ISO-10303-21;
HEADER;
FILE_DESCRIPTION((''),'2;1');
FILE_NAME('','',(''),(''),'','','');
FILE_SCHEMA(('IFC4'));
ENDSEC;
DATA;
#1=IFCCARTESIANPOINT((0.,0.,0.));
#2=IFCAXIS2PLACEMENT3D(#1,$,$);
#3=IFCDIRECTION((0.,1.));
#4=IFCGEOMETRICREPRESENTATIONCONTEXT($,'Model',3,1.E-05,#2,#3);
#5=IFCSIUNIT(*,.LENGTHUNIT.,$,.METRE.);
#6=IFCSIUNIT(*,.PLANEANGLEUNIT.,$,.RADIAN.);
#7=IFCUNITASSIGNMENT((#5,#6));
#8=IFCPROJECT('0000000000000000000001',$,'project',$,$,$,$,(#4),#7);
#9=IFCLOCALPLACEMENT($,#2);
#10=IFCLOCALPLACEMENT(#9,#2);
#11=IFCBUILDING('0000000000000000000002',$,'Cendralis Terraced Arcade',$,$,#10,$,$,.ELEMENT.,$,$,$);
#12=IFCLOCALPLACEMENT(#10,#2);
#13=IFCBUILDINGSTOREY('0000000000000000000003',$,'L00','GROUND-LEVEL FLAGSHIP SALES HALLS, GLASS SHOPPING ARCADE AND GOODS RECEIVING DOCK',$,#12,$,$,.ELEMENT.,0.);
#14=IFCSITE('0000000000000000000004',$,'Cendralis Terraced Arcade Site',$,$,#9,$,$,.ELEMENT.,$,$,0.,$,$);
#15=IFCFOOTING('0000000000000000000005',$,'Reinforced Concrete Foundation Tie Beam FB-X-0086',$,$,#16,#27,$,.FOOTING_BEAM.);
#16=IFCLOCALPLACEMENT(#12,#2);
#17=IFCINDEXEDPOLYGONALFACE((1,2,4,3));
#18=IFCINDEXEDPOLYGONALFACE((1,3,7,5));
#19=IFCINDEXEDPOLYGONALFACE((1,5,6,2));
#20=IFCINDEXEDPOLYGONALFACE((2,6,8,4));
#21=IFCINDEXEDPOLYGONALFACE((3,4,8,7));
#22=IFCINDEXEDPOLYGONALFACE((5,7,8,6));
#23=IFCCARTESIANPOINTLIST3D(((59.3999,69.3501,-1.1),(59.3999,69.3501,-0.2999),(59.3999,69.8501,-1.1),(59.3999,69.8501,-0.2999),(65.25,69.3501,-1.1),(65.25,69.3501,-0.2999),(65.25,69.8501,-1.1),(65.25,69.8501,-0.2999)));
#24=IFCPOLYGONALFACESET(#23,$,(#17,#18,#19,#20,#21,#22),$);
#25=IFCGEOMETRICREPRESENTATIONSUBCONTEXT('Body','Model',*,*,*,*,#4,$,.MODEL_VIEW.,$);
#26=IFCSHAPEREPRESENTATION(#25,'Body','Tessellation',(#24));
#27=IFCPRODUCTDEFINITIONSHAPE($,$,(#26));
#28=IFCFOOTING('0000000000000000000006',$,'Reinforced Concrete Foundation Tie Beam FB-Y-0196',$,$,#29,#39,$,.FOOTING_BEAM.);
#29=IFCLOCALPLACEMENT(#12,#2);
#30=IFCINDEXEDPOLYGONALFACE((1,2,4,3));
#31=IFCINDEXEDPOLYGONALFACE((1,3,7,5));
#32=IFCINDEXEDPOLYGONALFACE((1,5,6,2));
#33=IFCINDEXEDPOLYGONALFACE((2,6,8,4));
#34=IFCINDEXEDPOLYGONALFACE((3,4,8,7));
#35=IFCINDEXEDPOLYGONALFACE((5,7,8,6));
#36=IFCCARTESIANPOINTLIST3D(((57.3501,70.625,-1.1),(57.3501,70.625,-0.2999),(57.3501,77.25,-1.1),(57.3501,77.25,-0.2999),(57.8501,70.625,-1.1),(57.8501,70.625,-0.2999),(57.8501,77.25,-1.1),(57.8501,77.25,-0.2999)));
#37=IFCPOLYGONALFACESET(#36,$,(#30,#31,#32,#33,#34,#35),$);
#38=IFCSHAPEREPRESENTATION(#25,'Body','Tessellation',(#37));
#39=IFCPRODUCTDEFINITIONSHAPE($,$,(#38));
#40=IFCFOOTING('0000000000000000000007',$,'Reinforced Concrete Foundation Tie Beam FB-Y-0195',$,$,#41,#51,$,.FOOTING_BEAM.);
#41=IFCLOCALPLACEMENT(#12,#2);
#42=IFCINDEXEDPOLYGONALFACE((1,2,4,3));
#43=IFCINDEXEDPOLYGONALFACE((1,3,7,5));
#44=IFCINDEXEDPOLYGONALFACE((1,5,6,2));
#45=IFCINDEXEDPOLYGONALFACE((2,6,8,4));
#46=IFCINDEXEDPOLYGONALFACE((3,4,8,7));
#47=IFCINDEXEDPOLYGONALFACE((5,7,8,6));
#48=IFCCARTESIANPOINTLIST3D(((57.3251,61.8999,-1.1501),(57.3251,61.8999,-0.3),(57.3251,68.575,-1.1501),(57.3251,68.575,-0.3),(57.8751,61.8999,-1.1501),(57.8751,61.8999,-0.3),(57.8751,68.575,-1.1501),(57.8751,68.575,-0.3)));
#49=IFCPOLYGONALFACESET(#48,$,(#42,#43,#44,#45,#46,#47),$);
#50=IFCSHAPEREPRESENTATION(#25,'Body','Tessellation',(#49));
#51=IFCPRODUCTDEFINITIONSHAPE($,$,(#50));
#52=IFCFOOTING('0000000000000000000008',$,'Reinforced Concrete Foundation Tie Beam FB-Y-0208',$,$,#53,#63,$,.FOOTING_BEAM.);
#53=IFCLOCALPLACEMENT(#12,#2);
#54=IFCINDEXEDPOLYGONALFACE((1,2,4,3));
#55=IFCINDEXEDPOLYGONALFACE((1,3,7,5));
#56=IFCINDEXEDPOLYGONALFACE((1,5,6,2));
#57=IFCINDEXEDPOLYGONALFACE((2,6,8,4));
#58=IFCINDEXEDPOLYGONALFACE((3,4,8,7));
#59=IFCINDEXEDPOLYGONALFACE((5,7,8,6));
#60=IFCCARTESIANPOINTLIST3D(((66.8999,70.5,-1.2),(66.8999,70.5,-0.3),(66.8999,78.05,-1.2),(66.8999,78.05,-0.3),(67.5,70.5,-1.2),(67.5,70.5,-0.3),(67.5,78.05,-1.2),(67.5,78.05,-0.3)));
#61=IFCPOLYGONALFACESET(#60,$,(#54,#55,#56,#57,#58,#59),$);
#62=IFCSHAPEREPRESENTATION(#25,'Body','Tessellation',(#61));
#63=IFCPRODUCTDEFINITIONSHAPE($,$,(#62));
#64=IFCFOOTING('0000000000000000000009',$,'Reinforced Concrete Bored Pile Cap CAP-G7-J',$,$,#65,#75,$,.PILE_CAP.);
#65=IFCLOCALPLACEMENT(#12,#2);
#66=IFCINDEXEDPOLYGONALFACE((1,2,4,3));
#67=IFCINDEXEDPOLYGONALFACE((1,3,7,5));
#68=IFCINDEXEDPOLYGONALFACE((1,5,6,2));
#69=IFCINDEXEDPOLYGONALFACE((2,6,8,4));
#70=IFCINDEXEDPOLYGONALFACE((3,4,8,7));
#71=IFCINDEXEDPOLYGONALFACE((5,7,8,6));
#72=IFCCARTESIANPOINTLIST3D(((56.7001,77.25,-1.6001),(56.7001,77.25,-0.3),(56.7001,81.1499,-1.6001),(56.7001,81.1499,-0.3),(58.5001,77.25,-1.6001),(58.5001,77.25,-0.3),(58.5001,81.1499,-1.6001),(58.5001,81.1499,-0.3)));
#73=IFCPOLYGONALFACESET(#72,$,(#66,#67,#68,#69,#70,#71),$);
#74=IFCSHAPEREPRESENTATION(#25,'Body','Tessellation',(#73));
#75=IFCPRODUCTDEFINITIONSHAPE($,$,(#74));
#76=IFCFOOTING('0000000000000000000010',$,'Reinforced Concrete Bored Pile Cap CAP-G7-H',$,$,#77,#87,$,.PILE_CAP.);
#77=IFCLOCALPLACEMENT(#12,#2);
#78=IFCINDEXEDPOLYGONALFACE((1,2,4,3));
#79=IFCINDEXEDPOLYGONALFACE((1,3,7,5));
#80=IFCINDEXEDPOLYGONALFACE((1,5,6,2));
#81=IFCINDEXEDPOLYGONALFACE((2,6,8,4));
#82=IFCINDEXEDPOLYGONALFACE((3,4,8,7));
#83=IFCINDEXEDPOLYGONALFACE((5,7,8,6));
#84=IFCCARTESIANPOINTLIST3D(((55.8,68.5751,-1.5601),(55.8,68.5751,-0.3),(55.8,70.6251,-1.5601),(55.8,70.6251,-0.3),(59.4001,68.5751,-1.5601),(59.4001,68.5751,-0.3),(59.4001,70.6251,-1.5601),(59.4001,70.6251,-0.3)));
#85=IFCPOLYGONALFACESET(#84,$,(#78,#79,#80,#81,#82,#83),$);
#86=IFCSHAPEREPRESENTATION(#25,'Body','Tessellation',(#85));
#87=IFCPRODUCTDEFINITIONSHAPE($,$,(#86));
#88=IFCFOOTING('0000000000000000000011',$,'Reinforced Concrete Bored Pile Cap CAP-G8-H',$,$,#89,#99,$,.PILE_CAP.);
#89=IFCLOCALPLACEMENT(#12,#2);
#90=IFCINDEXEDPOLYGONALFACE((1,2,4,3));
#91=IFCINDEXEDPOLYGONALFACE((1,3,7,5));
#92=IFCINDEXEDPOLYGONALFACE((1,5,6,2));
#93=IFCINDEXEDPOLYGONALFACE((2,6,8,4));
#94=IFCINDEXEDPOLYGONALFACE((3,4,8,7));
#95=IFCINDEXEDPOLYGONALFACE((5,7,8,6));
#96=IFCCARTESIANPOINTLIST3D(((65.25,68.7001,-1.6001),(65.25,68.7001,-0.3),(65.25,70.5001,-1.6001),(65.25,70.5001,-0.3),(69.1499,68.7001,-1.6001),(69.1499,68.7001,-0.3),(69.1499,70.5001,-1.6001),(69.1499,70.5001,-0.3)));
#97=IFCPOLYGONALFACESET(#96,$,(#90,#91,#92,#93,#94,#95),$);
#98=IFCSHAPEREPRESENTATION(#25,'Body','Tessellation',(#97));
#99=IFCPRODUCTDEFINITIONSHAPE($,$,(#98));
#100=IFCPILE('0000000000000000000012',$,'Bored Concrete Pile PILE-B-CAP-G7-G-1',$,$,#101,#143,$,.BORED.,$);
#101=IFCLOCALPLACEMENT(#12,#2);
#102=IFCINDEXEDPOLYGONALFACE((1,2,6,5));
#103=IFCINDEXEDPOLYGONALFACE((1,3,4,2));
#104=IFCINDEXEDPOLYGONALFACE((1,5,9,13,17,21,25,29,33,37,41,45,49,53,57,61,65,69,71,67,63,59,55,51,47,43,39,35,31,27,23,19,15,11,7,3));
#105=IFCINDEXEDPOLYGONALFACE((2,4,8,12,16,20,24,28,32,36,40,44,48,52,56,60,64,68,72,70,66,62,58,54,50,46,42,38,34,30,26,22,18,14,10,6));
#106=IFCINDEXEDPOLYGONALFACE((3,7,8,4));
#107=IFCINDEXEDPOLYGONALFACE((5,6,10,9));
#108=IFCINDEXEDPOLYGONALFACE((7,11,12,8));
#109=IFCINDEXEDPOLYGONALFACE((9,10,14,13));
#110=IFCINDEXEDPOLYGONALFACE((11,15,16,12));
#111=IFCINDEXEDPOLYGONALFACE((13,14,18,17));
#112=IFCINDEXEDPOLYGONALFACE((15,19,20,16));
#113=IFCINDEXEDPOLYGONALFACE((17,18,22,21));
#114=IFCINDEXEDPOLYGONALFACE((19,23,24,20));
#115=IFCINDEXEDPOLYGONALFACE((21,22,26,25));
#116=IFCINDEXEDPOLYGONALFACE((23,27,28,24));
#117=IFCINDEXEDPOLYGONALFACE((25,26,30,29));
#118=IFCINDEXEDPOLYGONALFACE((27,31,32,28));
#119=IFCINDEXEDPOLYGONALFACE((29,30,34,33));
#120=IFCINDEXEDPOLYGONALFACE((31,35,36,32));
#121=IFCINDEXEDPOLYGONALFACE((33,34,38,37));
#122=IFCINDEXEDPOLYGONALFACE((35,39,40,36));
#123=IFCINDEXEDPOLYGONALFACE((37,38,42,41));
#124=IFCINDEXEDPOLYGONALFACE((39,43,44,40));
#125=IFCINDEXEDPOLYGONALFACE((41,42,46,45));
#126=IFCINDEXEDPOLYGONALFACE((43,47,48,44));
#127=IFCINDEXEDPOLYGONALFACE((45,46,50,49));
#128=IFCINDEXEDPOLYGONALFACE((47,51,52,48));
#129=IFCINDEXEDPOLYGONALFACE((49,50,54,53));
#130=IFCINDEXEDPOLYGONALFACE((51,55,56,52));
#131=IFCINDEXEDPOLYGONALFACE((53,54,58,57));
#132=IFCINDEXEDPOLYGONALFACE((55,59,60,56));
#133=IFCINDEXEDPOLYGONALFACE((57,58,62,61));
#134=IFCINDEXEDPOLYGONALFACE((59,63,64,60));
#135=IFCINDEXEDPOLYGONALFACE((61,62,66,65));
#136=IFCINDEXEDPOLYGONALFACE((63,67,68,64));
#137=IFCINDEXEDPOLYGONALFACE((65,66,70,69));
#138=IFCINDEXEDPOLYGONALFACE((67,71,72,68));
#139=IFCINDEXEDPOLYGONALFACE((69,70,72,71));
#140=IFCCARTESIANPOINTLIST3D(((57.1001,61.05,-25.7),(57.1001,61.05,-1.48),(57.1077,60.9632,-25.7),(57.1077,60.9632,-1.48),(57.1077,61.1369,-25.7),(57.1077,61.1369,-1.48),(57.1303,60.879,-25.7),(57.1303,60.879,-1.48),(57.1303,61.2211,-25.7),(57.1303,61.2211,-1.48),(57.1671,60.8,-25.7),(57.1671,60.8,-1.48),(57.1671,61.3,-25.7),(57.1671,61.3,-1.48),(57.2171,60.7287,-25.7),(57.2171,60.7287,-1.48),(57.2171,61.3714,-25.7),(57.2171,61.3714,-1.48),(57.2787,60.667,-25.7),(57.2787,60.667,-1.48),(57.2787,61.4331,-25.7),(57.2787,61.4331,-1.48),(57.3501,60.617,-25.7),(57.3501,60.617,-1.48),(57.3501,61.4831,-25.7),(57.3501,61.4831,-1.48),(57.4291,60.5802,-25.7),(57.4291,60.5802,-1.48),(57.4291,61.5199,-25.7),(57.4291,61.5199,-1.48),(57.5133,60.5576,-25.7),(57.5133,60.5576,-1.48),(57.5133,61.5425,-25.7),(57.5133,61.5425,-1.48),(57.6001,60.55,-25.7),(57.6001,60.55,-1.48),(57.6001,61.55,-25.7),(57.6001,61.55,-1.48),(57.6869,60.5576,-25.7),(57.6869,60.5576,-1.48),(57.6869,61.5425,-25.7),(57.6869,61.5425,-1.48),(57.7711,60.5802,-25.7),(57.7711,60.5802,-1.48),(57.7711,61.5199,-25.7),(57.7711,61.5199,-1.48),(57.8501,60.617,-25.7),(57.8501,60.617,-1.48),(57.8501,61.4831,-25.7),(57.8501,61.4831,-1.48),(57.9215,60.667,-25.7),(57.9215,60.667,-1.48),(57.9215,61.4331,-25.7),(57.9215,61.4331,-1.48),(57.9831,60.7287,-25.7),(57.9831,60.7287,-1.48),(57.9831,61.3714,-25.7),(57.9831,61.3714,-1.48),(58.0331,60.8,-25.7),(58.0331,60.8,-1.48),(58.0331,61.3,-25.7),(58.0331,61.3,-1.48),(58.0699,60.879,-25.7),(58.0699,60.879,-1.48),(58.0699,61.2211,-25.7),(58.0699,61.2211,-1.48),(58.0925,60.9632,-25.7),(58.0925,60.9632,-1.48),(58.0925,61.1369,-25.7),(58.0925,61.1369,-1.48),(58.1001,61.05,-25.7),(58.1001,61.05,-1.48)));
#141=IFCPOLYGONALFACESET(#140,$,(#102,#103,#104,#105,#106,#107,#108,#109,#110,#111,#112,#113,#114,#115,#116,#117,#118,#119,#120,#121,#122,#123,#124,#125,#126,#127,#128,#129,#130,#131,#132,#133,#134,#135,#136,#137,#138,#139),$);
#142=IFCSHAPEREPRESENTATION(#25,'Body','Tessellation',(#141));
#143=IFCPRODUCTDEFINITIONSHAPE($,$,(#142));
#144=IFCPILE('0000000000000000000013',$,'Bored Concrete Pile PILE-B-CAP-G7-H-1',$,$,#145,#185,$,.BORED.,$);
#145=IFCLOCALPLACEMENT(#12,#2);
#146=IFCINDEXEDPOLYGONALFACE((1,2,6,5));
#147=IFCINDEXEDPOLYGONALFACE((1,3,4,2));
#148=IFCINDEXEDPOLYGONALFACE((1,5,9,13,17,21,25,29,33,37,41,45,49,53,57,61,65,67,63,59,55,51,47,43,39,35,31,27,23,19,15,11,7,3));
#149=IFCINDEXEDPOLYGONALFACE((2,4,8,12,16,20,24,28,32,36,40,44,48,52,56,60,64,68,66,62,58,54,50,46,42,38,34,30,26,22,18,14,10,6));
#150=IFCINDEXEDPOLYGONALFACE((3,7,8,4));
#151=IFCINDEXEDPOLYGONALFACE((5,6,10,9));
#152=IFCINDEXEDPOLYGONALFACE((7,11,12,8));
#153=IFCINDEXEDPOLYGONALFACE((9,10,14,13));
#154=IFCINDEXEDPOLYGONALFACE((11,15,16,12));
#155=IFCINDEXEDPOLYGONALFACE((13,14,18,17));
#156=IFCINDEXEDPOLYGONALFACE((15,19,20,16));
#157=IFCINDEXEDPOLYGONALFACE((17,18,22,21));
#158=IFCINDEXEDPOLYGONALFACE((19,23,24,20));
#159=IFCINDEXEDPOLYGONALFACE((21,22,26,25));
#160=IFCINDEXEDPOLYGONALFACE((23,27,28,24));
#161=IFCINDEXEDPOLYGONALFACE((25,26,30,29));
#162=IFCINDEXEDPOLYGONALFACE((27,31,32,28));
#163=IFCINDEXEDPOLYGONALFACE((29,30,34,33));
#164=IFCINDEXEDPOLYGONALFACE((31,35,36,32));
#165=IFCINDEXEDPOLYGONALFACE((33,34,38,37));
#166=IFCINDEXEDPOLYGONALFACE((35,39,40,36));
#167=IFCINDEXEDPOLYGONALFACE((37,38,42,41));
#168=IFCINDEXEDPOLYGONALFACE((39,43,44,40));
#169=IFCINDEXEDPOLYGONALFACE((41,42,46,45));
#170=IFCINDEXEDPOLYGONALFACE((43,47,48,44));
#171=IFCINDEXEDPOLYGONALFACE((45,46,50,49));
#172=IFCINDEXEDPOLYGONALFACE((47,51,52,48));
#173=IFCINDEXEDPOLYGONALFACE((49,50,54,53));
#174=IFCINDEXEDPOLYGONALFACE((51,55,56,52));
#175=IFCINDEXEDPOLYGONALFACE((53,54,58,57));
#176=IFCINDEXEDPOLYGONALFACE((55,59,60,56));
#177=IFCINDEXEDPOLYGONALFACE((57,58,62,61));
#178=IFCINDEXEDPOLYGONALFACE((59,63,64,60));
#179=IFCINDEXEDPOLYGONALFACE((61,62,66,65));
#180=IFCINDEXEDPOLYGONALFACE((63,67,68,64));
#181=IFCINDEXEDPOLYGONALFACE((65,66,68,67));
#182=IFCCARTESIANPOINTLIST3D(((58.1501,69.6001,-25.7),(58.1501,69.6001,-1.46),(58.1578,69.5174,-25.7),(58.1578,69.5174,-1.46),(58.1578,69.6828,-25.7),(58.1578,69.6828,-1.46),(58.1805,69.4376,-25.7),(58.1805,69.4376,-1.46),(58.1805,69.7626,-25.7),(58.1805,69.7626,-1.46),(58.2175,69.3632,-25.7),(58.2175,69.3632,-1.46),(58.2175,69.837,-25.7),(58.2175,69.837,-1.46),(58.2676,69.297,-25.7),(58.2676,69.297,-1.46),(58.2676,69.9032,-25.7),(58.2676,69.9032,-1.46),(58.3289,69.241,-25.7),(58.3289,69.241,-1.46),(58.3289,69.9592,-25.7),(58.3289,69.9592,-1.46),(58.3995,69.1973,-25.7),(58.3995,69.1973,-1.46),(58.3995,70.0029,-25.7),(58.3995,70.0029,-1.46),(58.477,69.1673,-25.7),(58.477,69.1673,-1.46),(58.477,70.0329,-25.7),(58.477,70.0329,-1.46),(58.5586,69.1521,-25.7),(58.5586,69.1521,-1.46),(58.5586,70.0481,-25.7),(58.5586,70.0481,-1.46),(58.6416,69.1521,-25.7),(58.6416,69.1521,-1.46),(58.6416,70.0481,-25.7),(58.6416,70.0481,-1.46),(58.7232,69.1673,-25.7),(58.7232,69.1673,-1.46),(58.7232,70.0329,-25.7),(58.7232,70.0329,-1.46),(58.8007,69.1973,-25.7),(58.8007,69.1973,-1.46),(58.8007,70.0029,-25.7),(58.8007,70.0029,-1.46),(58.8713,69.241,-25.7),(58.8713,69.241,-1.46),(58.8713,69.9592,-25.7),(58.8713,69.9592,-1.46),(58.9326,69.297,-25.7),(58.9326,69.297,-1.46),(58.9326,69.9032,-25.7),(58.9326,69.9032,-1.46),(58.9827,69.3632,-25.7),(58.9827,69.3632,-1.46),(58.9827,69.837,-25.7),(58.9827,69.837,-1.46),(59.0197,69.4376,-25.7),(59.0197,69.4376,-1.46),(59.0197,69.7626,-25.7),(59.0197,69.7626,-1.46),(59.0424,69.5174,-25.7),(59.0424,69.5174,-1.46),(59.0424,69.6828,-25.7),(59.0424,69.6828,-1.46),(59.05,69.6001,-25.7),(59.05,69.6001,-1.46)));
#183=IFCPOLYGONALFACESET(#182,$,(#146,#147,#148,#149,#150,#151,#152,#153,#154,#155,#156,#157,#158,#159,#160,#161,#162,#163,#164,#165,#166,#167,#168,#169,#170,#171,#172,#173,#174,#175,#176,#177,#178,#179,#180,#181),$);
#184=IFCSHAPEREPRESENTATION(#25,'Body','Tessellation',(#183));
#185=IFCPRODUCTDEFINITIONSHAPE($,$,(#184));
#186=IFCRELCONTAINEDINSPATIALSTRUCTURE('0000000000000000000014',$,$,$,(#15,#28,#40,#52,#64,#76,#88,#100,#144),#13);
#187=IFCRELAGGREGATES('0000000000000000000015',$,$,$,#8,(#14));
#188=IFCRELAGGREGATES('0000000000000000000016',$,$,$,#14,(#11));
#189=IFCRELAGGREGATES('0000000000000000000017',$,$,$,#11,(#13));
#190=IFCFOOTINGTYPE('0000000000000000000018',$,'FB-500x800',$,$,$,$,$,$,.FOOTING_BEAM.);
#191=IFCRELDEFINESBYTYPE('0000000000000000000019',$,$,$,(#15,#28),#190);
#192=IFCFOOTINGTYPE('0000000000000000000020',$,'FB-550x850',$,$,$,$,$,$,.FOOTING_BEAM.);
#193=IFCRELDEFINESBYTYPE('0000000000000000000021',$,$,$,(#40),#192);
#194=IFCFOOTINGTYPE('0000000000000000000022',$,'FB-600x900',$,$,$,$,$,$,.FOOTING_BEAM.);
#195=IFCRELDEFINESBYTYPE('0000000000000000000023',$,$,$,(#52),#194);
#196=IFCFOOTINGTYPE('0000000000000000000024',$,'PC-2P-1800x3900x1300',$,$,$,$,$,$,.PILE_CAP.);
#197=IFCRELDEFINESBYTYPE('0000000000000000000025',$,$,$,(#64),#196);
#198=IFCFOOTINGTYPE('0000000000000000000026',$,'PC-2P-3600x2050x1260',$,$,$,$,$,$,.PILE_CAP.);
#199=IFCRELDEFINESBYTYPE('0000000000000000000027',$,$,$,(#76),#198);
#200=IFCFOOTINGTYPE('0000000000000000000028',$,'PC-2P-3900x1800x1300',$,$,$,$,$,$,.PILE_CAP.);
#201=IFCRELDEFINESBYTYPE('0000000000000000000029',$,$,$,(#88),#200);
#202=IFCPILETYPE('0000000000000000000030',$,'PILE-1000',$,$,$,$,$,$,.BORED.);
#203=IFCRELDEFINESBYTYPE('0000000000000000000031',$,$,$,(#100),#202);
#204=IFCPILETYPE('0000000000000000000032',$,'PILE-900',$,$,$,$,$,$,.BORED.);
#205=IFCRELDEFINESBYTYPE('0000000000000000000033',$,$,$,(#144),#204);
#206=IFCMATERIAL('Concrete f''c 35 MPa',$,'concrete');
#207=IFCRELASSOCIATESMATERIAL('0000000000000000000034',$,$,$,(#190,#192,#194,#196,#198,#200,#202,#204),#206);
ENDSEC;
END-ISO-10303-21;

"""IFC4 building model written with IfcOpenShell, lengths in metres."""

from ifc_helpers import new_model, si_unit, direction, frame, origin, origin_2d, place, context, subcontext, project, spatial, rectangle, circle, extrude, material, material_profile, profile_set, type_object, element, save


model = new_model("IFC4")

# Units and contexts
model_context = context("Model", 3, precision=1e-05, world=origin(), true_north=direction((0.0, 1.0)))
body_context = subcontext(model_context, "Body", "Model", "MODEL_VIEW")
ifc_project = project(units=[si_unit("LENGTHUNIT", "METRE"), si_unit("PLANEANGLEUNIT", "RADIAN")], contexts=[model_context])

# Site, building, storey
site_placement = place(None, origin())
site = spatial("IfcSite", under=ifc_project, at=site_placement, Name="Cendralis Terraced Arcade Site", CompositionType="ELEMENT", RefElevation=0.0)
building_placement = place(site_placement, origin())
building = spatial("IfcBuilding", under=site, at=building_placement, Name="Cendralis Terraced Arcade", CompositionType="ELEMENT")
storey_placement = place(building_placement, origin())
storey = spatial("IfcBuildingStorey", under=building, at=storey_placement, Name="L00", Description="GROUND-LEVEL FLAGSHIP SALES HALLS, GLASS SHOPPING ARCADE AND GOODS RECEIVING DOCK", CompositionType="ELEMENT", Elevation=0.0)

# Footings
ifc_material_1 = material(Name="Concrete f'c 35 MPa", Category="concrete")
ifc_material_profile_1 = material_profile(ifc_material_1, rectangle(XDim=0.5, YDim=0.8, at=origin_2d()), Name="FB-500x800", Category="LoadBearing")
ifc_profile_set_1 = profile_set([ifc_material_profile_1], Name="Concrete f'c 35 MPa")
footing_type_1 = type_object("IfcFootingType", Name="FB-500x800", PredefinedType="FOOTING_BEAM", material=ifc_profile_set_1)
footing_1_placement = place(storey_placement, frame((59.3999, 69.6001, -0.7), z_axis=(1.0, 0.0, 0.0), x_axis=(0.0, 1.0, 0.0)))
element("IfcFooting", 1, at=footing_1_placement, inside=storey, type_object=footing_type_1, Name="Reinforced Concrete Foundation Tie Beam FB-X-0086", PredefinedType="FOOTING_BEAM", context=body_context, shape_type="SweptSolid", body=[
    extrude(rectangle(XDim=0.5, YDim=0.8, at=origin_2d()), origin(), (0.0, 0.0, 1.0), 5.8501),
])
footing_2_placement = place(storey_placement, frame((57.6001, 70.625, -0.7), z_axis=(0.0, 1.0, 0.0), x_axis=(-1.0, 0.0, 0.0)))
element("IfcFooting", 2, at=footing_2_placement, inside=storey, type_object=footing_type_1, Name="Reinforced Concrete Foundation Tie Beam FB-Y-0196", PredefinedType="FOOTING_BEAM", context=body_context, shape_type="SweptSolid", body=[
    extrude(rectangle(XDim=0.5, YDim=0.8, at=origin_2d()), origin(), (0.0, 0.0, 1.0), 6.625),
])
ifc_material_profile_2 = material_profile(ifc_material_1, rectangle(XDim=0.55, YDim=0.8501, at=origin_2d()), Name="FB-550x850", Category="LoadBearing")
ifc_profile_set_2 = profile_set([ifc_material_profile_2], Name="Concrete f'c 35 MPa")
footing_type_2 = type_object("IfcFootingType", Name="FB-550x850", PredefinedType="FOOTING_BEAM", material=ifc_profile_set_2)
footing_3_placement = place(storey_placement, frame((57.6001, 61.8999, -0.7251), z_axis=(0.0, 1.0, 0.0), x_axis=(-1.0, 0.0, 0.0)))
element("IfcFooting", 3, at=footing_3_placement, inside=storey, type_object=footing_type_2, Name="Reinforced Concrete Foundation Tie Beam FB-Y-0195", PredefinedType="FOOTING_BEAM", context=body_context, shape_type="SweptSolid", body=[
    extrude(rectangle(XDim=0.55, YDim=0.8501, at=origin_2d()), origin(), (0.0, 0.0, 1.0), 6.675),
])
ifc_material_profile_3 = material_profile(ifc_material_1, rectangle(XDim=0.6001, YDim=0.8999, at=origin_2d()), Name="FB-600x900", Category="LoadBearing")
ifc_profile_set_3 = profile_set([ifc_material_profile_3], Name="Concrete f'c 35 MPa")
footing_type_3 = type_object("IfcFootingType", Name="FB-600x900", PredefinedType="FOOTING_BEAM", material=ifc_profile_set_3)
footing_4_placement = place(storey_placement, frame((67.2, 70.5, -0.75), z_axis=(0.0, 1.0, 0.0), x_axis=(-1.0, 0.0, 0.0)))
element("IfcFooting", 4, at=footing_4_placement, inside=storey, type_object=footing_type_3, Name="Reinforced Concrete Foundation Tie Beam FB-Y-0208", PredefinedType="FOOTING_BEAM", context=body_context, shape_type="SweptSolid", body=[
    extrude(rectangle(XDim=0.6001, YDim=0.8999, at=origin_2d()), origin(), (0.0, 0.0, 1.0), 7.55),
])
footing_type_4 = type_object("IfcFootingType", Name="PC-2P-1800x3900x1300", PredefinedType="PILE_CAP", material=ifc_material_1)
footing_5_placement = place(storey_placement, frame((57.6001, 79.2, -1.6001), z_axis=(0.0, 0.0, 1.0), x_axis=(1.0, 0.0, 0.0)))
element("IfcFooting", 5, at=footing_5_placement, inside=storey, type_object=footing_type_4, Name="Reinforced Concrete Bored Pile Cap CAP-G7-J", PredefinedType="PILE_CAP", context=body_context, shape_type="SweptSolid", body=[
    extrude(rectangle(XDim=1.8, YDim=3.8999, at=origin_2d()), origin(), (0.0, 0.0, 1.0), 1.3),
])
footing_type_5 = type_object("IfcFootingType", Name="PC-2P-3600x2050x1260", PredefinedType="PILE_CAP", material=ifc_material_1)
footing_6_placement = place(storey_placement, frame((57.6001, 69.6001, -1.5601), z_axis=(0.0, 0.0, 1.0), x_axis=(1.0, 0.0, 0.0)))
element("IfcFooting", 6, at=footing_6_placement, inside=storey, type_object=footing_type_5, Name="Reinforced Concrete Bored Pile Cap CAP-G7-H", PredefinedType="PILE_CAP", context=body_context, shape_type="SweptSolid", body=[
    extrude(rectangle(XDim=3.6001, YDim=2.05, at=origin_2d()), origin(), (0.0, 0.0, 1.0), 1.26),
])
footing_type_6 = type_object("IfcFootingType", Name="PC-2P-3900x1800x1300", PredefinedType="PILE_CAP", material=ifc_material_1)
footing_7_placement = place(storey_placement, frame((67.2, 69.6001, -1.6001), z_axis=(0.0, 0.0, 1.0), x_axis=(1.0, 0.0, 0.0)))
element("IfcFooting", 7, at=footing_7_placement, inside=storey, type_object=footing_type_6, Name="Reinforced Concrete Bored Pile Cap CAP-G8-H", PredefinedType="PILE_CAP", context=body_context, shape_type="SweptSolid", body=[
    extrude(rectangle(XDim=3.8999, YDim=1.8, at=origin_2d()), origin(), (0.0, 0.0, 1.0), 1.3),
])

# Piles
ifc_material_profile_4 = material_profile(ifc_material_1, circle(Radius=0.5, at=origin_2d()), Name="PILE-D1000", Category="LoadBearing")
ifc_profile_set_4 = profile_set([ifc_material_profile_4], Name="Concrete f'c 35 MPa")
pile_type_1 = type_object("IfcPileType", Name="PILE-1000", PredefinedType="BORED", material=ifc_profile_set_4)
pile_1_placement = place(storey_placement, frame((57.6001, 61.05, -1.48), z_axis=(0.0, 0.0, -1.0), x_axis=(1.0, 0.0, 0.0)))
element("IfcPile", 8, at=pile_1_placement, inside=storey, type_object=pile_type_1, Name="Bored Concrete Pile PILE-B-CAP-G7-G-1", PredefinedType="BORED", context=body_context, shape_type="SweptSolid", body=[
    extrude(circle(Radius=0.5, at=origin_2d()), origin(), (0.0, 0.0, 1.0), 24.22),
])
ifc_material_profile_5 = material_profile(ifc_material_1, circle(Radius=0.45, at=origin_2d()), Name="PILE-D900", Category="LoadBearing")
ifc_profile_set_5 = profile_set([ifc_material_profile_5], Name="Concrete f'c 35 MPa")
pile_type_2 = type_object("IfcPileType", Name="PILE-900", PredefinedType="BORED", material=ifc_profile_set_5)
pile_2_placement = place(storey_placement, frame((58.6001, 69.6001, -1.46), z_axis=(0.0, 0.0, -1.0), x_axis=(1.0, 0.0, 0.0)))
element("IfcPile", 9, at=pile_2_placement, inside=storey, type_object=pile_type_2, Name="Bored Concrete Pile PILE-B-CAP-G7-H-1", PredefinedType="BORED", context=body_context, shape_type="SweptSolid", body=[
    extrude(circle(Radius=0.45, at=origin_2d()), origin(), (0.0, 0.0, 1.0), 24.24),
])

save(model, "model.ifc")
